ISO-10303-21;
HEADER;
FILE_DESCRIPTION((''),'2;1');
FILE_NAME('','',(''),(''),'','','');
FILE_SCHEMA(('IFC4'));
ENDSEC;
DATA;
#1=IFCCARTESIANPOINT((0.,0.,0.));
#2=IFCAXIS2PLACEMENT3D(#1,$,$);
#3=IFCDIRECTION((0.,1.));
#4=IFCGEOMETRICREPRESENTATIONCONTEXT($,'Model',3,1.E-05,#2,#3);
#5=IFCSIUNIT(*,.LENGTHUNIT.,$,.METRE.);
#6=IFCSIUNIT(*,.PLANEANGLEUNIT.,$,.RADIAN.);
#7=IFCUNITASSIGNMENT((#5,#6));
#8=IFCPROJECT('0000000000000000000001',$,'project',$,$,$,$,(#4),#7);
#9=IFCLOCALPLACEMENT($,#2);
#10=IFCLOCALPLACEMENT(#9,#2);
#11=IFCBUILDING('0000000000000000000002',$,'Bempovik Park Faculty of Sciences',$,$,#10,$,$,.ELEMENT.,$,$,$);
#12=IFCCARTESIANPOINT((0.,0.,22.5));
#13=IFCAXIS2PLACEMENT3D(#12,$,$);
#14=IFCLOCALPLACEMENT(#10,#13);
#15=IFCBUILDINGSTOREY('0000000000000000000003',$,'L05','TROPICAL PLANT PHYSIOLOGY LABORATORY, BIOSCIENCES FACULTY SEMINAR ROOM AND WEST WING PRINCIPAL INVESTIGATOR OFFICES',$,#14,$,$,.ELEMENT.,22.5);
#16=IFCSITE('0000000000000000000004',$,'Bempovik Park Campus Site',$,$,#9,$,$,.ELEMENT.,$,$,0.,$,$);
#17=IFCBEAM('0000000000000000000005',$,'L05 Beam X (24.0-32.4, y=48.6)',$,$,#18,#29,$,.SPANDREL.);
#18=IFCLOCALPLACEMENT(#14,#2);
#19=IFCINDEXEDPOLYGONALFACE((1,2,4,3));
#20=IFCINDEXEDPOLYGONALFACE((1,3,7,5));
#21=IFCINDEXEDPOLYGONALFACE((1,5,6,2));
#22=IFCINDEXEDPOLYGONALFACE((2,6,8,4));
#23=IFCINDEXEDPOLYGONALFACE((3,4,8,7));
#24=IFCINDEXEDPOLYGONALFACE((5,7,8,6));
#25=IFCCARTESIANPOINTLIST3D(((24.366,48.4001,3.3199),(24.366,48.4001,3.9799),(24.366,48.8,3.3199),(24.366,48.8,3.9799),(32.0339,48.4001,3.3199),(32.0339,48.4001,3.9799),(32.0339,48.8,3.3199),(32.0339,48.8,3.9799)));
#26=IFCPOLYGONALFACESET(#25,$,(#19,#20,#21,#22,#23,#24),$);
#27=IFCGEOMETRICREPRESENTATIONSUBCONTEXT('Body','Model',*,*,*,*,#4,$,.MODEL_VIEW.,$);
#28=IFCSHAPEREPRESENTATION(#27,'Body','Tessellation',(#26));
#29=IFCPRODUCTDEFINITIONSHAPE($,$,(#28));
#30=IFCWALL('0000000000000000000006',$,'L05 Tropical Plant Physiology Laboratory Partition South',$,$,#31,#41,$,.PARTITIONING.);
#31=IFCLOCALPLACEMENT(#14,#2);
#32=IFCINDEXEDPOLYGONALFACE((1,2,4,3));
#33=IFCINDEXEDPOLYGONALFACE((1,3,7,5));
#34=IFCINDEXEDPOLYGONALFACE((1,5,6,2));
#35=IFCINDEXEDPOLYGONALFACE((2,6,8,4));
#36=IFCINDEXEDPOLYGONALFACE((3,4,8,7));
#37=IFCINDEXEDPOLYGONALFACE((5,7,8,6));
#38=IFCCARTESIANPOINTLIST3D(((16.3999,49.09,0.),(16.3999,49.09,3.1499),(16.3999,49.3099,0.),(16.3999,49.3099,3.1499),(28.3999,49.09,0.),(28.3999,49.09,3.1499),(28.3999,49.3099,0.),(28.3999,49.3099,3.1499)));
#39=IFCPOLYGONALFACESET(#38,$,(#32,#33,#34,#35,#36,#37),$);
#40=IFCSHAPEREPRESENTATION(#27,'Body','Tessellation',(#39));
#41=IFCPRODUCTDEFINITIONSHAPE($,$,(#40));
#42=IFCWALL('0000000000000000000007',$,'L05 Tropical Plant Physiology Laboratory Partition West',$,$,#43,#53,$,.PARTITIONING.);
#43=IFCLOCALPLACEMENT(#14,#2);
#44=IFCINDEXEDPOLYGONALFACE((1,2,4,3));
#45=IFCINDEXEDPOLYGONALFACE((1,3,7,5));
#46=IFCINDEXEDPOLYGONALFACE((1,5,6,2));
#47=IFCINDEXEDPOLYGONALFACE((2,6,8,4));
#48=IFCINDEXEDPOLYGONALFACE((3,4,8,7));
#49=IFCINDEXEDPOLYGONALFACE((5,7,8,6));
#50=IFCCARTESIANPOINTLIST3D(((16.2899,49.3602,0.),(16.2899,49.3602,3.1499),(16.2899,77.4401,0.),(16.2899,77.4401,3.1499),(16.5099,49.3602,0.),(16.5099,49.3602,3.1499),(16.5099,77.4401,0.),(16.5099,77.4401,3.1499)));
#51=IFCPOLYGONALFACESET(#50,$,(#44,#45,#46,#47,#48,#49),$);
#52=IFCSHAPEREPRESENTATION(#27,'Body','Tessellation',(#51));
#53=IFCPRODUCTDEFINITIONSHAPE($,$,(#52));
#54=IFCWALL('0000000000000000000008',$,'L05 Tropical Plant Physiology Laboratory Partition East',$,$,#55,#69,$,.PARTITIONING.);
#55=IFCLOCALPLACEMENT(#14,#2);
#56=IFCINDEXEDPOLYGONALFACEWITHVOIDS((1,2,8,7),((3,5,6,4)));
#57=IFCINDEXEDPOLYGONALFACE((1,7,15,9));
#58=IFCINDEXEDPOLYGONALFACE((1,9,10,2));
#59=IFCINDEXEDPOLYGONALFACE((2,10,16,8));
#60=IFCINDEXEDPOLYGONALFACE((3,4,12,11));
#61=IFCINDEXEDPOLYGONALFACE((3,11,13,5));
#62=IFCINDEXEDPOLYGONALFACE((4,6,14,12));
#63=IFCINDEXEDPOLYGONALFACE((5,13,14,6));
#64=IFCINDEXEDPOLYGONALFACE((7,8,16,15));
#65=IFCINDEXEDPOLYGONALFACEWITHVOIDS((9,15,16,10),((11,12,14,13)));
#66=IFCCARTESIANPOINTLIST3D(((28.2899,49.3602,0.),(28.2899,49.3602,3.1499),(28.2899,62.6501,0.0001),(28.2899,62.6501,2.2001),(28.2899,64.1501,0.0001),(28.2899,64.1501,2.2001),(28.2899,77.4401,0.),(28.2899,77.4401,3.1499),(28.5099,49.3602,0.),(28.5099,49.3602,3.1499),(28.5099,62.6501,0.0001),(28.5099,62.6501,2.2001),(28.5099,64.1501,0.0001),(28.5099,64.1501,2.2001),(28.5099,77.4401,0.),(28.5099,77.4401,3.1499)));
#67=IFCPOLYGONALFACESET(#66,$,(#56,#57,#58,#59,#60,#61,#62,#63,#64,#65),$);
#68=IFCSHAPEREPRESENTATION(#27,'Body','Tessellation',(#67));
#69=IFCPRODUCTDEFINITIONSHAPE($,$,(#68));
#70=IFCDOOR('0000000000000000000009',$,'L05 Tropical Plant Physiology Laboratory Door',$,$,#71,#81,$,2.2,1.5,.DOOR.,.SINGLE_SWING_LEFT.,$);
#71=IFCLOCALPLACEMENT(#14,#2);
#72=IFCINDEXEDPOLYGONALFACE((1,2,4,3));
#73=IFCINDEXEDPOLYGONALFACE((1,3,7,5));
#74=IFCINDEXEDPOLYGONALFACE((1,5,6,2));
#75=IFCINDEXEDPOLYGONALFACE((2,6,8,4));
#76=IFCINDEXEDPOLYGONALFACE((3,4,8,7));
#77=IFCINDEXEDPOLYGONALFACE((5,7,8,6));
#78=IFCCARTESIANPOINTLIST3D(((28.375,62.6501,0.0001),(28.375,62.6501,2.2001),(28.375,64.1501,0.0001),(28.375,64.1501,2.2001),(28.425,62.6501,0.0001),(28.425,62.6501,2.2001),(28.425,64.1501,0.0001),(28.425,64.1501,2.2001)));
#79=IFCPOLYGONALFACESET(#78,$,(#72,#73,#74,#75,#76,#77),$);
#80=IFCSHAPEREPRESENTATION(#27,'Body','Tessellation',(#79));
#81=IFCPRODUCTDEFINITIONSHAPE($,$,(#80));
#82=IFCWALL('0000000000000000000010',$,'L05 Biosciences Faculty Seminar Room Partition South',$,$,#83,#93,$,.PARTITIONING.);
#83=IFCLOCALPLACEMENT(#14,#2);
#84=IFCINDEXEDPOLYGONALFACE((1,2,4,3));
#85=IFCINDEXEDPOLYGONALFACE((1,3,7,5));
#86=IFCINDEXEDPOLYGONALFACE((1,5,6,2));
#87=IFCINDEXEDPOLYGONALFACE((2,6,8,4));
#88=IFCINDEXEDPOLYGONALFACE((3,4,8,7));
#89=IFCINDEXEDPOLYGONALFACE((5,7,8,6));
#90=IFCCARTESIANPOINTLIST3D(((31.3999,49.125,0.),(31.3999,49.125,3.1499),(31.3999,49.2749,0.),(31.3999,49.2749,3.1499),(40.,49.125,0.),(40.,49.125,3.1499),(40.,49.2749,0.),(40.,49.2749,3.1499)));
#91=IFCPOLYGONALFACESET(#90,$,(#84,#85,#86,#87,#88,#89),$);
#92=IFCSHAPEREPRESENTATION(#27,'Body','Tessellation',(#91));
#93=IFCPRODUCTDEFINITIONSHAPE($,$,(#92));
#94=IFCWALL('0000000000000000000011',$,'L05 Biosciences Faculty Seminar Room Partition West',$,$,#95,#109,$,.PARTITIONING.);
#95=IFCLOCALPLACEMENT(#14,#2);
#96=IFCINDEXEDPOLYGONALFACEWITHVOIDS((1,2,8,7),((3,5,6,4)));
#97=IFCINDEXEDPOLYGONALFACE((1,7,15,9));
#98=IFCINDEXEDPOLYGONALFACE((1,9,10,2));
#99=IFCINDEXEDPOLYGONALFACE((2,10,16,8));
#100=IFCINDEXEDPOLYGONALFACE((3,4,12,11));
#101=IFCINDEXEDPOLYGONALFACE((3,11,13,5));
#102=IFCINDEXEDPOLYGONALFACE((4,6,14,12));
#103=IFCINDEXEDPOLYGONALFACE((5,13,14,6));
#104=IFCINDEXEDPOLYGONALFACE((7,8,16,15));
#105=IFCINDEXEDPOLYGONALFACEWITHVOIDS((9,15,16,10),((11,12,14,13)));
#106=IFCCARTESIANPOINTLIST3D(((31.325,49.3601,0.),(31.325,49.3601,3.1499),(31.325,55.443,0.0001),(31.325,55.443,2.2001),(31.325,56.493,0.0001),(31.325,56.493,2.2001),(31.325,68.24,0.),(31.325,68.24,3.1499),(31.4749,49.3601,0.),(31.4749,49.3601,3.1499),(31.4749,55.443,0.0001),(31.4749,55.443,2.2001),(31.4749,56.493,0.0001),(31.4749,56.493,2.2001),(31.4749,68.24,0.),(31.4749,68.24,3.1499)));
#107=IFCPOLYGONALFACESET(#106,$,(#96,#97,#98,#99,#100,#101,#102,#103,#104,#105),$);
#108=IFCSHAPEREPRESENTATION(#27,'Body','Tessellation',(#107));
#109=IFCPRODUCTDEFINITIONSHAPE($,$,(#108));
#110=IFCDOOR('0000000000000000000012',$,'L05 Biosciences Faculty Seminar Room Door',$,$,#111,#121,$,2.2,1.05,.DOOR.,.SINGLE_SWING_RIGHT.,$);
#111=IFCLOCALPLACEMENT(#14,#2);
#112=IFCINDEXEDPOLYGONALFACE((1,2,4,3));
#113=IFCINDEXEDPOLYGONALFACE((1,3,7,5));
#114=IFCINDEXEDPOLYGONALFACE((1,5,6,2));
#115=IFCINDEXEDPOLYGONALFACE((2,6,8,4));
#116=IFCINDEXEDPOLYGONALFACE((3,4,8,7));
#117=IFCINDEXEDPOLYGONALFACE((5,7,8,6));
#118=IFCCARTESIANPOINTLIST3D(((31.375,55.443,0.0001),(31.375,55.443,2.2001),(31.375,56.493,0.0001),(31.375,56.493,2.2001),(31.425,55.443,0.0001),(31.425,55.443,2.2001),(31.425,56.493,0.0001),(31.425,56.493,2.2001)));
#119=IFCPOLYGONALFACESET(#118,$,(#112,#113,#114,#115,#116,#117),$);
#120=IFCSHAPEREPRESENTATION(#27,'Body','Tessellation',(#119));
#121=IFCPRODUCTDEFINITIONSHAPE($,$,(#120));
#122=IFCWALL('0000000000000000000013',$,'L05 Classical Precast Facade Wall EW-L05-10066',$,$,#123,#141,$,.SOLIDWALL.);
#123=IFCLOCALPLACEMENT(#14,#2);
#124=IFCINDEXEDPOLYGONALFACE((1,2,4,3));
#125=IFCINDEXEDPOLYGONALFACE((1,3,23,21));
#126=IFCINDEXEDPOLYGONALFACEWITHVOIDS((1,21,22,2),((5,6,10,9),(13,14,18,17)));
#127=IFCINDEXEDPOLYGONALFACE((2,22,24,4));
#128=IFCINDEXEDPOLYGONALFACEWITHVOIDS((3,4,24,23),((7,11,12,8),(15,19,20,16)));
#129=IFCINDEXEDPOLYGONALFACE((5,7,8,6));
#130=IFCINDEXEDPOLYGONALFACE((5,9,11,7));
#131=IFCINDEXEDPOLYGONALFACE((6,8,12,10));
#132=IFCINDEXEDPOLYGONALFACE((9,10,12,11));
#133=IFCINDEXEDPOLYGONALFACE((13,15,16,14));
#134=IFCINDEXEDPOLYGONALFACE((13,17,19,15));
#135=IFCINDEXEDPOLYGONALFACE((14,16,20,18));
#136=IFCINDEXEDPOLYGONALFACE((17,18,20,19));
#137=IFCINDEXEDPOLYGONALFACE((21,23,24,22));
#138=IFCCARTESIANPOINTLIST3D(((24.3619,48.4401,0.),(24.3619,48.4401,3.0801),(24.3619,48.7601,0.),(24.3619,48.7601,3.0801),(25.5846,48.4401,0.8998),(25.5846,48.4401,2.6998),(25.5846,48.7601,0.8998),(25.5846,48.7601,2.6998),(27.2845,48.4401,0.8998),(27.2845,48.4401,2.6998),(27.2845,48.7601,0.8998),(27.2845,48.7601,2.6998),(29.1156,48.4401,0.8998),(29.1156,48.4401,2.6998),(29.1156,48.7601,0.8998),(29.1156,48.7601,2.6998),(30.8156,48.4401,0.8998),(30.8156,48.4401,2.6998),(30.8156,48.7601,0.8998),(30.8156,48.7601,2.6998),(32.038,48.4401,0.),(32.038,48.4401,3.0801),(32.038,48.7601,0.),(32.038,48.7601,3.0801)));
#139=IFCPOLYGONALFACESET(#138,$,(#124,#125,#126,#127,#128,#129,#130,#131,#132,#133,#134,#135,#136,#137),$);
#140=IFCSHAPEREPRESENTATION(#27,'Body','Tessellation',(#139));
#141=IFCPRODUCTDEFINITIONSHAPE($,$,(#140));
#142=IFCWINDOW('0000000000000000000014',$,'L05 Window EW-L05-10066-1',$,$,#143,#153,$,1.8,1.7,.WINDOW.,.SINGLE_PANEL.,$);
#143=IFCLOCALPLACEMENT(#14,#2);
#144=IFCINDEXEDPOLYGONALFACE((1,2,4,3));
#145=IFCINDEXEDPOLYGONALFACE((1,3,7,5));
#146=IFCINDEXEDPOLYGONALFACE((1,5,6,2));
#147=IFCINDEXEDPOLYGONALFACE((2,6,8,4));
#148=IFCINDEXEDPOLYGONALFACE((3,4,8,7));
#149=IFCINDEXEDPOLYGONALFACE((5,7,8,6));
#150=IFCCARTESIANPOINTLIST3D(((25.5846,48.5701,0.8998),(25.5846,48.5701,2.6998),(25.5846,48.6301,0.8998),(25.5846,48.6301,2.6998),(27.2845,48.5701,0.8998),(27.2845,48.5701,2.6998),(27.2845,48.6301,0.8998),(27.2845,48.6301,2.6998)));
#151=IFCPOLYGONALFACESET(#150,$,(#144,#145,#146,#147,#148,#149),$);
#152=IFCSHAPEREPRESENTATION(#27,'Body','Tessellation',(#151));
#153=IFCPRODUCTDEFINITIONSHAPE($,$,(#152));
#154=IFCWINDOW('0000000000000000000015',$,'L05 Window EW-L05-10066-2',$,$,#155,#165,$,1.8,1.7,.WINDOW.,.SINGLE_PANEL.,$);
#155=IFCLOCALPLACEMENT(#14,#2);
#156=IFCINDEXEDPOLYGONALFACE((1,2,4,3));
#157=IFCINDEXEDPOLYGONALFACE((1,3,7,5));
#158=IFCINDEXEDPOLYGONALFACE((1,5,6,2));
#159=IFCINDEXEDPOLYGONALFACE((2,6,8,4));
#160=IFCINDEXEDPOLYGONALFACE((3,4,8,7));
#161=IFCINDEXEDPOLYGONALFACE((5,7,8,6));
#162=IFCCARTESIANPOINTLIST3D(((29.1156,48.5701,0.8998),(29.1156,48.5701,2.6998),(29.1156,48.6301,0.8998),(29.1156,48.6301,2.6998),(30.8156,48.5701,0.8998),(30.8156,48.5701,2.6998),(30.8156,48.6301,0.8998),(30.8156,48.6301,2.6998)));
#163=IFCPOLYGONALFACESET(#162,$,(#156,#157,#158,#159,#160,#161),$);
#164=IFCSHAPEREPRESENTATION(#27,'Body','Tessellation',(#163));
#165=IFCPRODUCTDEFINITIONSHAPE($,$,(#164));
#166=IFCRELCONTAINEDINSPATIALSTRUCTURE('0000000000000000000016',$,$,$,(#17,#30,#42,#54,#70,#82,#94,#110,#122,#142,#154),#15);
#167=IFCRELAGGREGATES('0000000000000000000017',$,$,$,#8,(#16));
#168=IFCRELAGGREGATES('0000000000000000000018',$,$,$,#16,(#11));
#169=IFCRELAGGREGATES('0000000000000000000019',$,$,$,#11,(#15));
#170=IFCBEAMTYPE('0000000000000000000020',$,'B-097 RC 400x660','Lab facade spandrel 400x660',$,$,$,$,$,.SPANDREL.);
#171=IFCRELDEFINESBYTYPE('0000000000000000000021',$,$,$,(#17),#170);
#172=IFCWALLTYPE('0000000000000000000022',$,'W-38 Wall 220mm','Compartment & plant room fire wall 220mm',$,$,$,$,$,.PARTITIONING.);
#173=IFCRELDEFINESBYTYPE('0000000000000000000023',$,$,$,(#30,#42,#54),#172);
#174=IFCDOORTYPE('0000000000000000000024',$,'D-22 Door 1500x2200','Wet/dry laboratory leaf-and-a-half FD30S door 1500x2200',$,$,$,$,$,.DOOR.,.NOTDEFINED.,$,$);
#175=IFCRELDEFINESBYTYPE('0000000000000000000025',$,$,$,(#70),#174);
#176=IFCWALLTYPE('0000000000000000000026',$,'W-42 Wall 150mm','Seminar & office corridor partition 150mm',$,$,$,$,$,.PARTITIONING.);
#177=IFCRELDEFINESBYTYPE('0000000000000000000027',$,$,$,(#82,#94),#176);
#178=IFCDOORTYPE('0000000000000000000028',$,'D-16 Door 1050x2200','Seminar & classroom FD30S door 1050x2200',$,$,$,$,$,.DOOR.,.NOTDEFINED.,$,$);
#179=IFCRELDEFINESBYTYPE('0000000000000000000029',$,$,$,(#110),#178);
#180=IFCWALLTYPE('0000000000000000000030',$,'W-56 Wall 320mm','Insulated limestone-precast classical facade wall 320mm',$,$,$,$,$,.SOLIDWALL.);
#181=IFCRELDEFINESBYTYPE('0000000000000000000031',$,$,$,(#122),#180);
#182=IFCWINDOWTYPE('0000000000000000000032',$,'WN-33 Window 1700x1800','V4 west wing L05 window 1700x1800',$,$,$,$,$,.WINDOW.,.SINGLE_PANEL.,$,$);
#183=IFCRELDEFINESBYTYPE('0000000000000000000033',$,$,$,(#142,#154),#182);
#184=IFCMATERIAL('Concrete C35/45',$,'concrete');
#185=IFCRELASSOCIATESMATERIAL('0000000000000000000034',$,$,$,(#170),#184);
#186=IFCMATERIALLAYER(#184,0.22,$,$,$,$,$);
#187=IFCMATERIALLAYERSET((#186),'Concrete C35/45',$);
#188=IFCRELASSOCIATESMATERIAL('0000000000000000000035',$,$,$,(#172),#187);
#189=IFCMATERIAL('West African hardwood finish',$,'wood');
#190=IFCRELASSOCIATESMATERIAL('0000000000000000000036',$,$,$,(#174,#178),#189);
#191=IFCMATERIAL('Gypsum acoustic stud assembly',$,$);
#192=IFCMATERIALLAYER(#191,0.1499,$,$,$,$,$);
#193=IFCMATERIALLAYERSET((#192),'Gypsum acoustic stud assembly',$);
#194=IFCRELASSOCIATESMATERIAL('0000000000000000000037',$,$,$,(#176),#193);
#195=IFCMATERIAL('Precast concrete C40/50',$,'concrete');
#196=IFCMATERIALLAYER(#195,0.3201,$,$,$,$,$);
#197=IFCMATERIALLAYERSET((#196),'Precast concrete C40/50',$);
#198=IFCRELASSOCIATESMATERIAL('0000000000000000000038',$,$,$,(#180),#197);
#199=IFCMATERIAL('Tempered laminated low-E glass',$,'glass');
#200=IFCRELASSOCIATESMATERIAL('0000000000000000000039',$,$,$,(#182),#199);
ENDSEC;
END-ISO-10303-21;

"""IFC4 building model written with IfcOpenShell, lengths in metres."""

from ifc_helpers import new_model, si_unit, direction, frame, frame_2d, origin, origin_2d, place, context, subcontext, project, spatial, rectangle, extrude, material, layer, layer_set, material_profile, profile_set, type_object, element, fill, save


model = new_model("IFC4")

# Units and contexts
model_context = context("Model", 3, precision=1e-05, world=origin(), true_north=direction((0.0, 1.0)))
body_context = subcontext(model_context, "Body", "Model", "MODEL_VIEW")
ifc_project = project(units=[si_unit("LENGTHUNIT", "METRE"), si_unit("PLANEANGLEUNIT", "RADIAN")], contexts=[model_context])

# Site, building, storey
site_placement = place(None, origin())
site = spatial("IfcSite", under=ifc_project, at=site_placement, Name="Bempovik Park Campus Site", CompositionType="ELEMENT", RefElevation=0.0)
building_placement = place(site_placement, origin())
building = spatial("IfcBuilding", under=site, at=building_placement, Name="Bempovik Park Faculty of Sciences", CompositionType="ELEMENT")
storey_placement = place(building_placement, frame((0.0, 0.0, 22.5)))
storey = spatial("IfcBuildingStorey", under=building, at=storey_placement, Name="L05", Description="TROPICAL PLANT PHYSIOLOGY LABORATORY, BIOSCIENCES FACULTY SEMINAR ROOM AND WEST WING PRINCIPAL INVESTIGATOR OFFICES", CompositionType="ELEMENT", Elevation=22.5)

# Beam
ifc_material_1 = material(Name="Concrete C35/45", Category="concrete")
ifc_material_profile_1 = material_profile(ifc_material_1, rectangle(XDim=0.3999, YDim=0.6599, at=origin_2d()), Name="RC 400x660")
ifc_profile_set_1 = profile_set([ifc_material_profile_1], Name="Concrete C35/45")
beam_type_1 = type_object("IfcBeamType", Name="B-097 RC 400x660", Description="Lab facade spandrel 400x660", PredefinedType="SPANDREL", material=ifc_profile_set_1)
for number, where, z_axis, x_axis, name in (
    (1, (24.366, 48.6001, 3.6499), (1.0, 0.0, 0.0), (0.0, 1.0, 0.0), "L05 Beam X (24.0-32.4, y=48.6)"),
):
    element("IfcBeam", number, at=place(storey_placement, frame(where, z_axis=z_axis, x_axis=x_axis)), inside=storey, type_object=beam_type_1, Name=name, PredefinedType="SPANDREL", context=body_context, shape_type="SweptSolid", body=[
        extrude(rectangle(XDim=0.3999, YDim=0.6599, at=origin_2d()), origin(), (0.0, 0.0, 1.0), 7.668),
    ])

# Walls
ifc_layer_1 = layer(ifc_material_1, 0.22)
ifc_layer_set_1 = layer_set([ifc_layer_1], Name="Concrete C35/45")
wall_type_1 = type_object("IfcWallType", Name="W-38 Wall 220mm", Description="Compartment & plant room fire wall 220mm", PredefinedType="PARTITIONING", material=ifc_layer_set_1)
wall_1_placement = place(storey_placement, frame((16.3999, 49.2, 0.0), z_axis=(0.0, 0.0, 1.0), x_axis=(1.0, 0.0, 0.0)))
element("IfcWall", 2, at=wall_1_placement, inside=storey, type_object=wall_type_1, Name="L05 Tropical Plant Physiology Laboratory Partition South", PredefinedType="PARTITIONING", context=body_context, shape_type="SweptSolid", body=[
    extrude(rectangle(XDim=12.0, YDim=0.22, at=frame_2d((6.0, 0.0))), origin(), (0.0, 0.0, 1.0), 3.1499),
])
wall_2_placement = place(storey_placement, frame((16.3999, 49.3601, 0.0), z_axis=(0.0, 0.0, 1.0), x_axis=(0.0, 1.0, 0.0)))
element("IfcWall", 3, at=wall_2_placement, inside=storey, type_object=wall_type_1, Name="L05 Tropical Plant Physiology Laboratory Partition West", PredefinedType="PARTITIONING", context=body_context, shape_type="SweptSolid", body=[
    extrude(rectangle(XDim=28.0798, YDim=0.22, at=frame_2d((14.04, 0.0))), origin(), (0.0, 0.0, 1.0), 3.1499),
])

# Wall, opening, door
wall_3_placement = place(storey_placement, frame((28.3999, 49.3601, 0.0), z_axis=(0.0, 0.0, 1.0), x_axis=(0.0, 1.0, 0.0)))
wall_3 = element("IfcWall", 4, at=wall_3_placement, inside=storey, type_object=wall_type_1, Name="L05 Tropical Plant Physiology Laboratory Partition East", PredefinedType="PARTITIONING", context=body_context, shape_type="SweptSolid", body=[
    extrude(rectangle(XDim=28.0798, YDim=0.22, at=frame_2d((14.04, 0.0))), origin(), (0.0, 0.0, 1.0), 3.1499),
])
opening_1_placement = place(wall_3_placement, frame((13.29, 0.0, 0.0)))
opening_1 = element("IfcOpeningElement", 5, at=opening_1_placement, cuts=wall_3, PredefinedType="OPENING", context=body_context, shape_type="SweptSolid", body=[
    extrude(rectangle(XDim=1.5, YDim=2.2, at=frame_2d((0.75, 1.1001))), frame((0.0, 0.1201, 0.0), z_axis=(0.0, -1.0, 0.0), x_axis=(1.0, 0.0, 0.0)), (0.0, 0.0, 1.0), 0.24),
])
ifc_material_2 = material(Name="West African hardwood finish", Category="wood")
door_type_1 = type_object("IfcDoorType", Name="D-22 Door 1500x2200", Description="Wet/dry laboratory leaf-and-a-half FD30S door 1500x2200", OperationType="NOTDEFINED", PredefinedType="DOOR", material=ifc_material_2)
door_1_placement = place(opening_1_placement, origin())
door_1 = element("IfcDoor", 6, at=door_1_placement, inside=storey, type_object=door_type_1, Name="L05 Tropical Plant Physiology Laboratory Door", OperationType="SINGLE_SWING_LEFT", OverallHeight=2.2, OverallWidth=1.5, PredefinedType="DOOR", context=body_context, shape_type="SweptSolid", body=[
    extrude(rectangle(XDim=1.5, YDim=2.2, at=frame_2d((0.75, 1.1001))), frame((0.0, 0.0249, 0.0), z_axis=(0.0, -1.0, 0.0), x_axis=(1.0, 0.0, 0.0)), (0.0, 0.0, 1.0), 0.05),
])
fill(opening_1, door_1)

# Wall
ifc_material_3 = material(Name="Gypsum acoustic stud assembly")
ifc_layer_2 = layer(ifc_material_3, 0.1499)
ifc_layer_set_2 = layer_set([ifc_layer_2], Name="Gypsum acoustic stud assembly")
wall_type_2 = type_object("IfcWallType", Name="W-42 Wall 150mm", Description="Seminar & office corridor partition 150mm", PredefinedType="PARTITIONING", material=ifc_layer_set_2)
wall_4_placement = place(storey_placement, frame((31.3999, 49.2, 0.0), z_axis=(0.0, 0.0, 1.0), x_axis=(1.0, 0.0, 0.0)))
element("IfcWall", 7, at=wall_4_placement, inside=storey, type_object=wall_type_2, Name="L05 Biosciences Faculty Seminar Room Partition South", PredefinedType="PARTITIONING", context=body_context, shape_type="SweptSolid", body=[
    extrude(rectangle(XDim=8.6001, YDim=0.1499, at=frame_2d((4.3, 0.0))), origin(), (0.0, 0.0, 1.0), 3.1499),
])

# Wall, opening, door
wall_5_placement = place(storey_placement, frame((31.3999, 49.3601, 0.0), z_axis=(0.0, 0.0, 1.0), x_axis=(0.0, 1.0, 0.0)))
wall_5 = element("IfcWall", 8, at=wall_5_placement, inside=storey, type_object=wall_type_2, Name="L05 Biosciences Faculty Seminar Room Partition West", PredefinedType="PARTITIONING", context=body_context, shape_type="SweptSolid", body=[
    extrude(rectangle(XDim=18.8799, YDim=0.1499, at=frame_2d((9.4399, 0.0))), origin(), (0.0, 0.0, 1.0), 3.1499),
])
opening_2_placement = place(wall_5_placement, frame((6.083, 0.0, 0.0)))
opening_2 = element("IfcOpeningElement", 9, at=opening_2_placement, cuts=wall_5, PredefinedType="OPENING", context=body_context, shape_type="SweptSolid", body=[
    extrude(rectangle(XDim=1.05, YDim=2.2, at=frame_2d((0.5249, 1.1001))), frame((0.0, 0.085, 0.0), z_axis=(0.0, -1.0, 0.0), x_axis=(1.0, 0.0, 0.0)), (0.0, 0.0, 1.0), 0.1699),
])
door_type_2 = type_object("IfcDoorType", Name="D-16 Door 1050x2200", Description="Seminar & classroom FD30S door 1050x2200", OperationType="NOTDEFINED", PredefinedType="DOOR", material=ifc_material_2)
door_2_placement = place(opening_2_placement, origin())
door_2 = element("IfcDoor", 10, at=door_2_placement, inside=storey, type_object=door_type_2, Name="L05 Biosciences Faculty Seminar Room Door", OperationType="SINGLE_SWING_RIGHT", OverallHeight=2.2, OverallWidth=1.05, PredefinedType="DOOR", context=body_context, shape_type="SweptSolid", body=[
    extrude(rectangle(XDim=1.05, YDim=2.2, at=frame_2d((0.5249, 1.1001))), frame((0.0, 0.0249, 0.0), z_axis=(0.0, -1.0, 0.0), x_axis=(1.0, 0.0, 0.0)), (0.0, 0.0, 1.0), 0.05),
])
fill(opening_2, door_2)

# Wall, openings, windows
ifc_material_4 = material(Name="Precast concrete C40/50", Category="concrete")
ifc_layer_3 = layer(ifc_material_4, 0.3201)
ifc_layer_set_3 = layer_set([ifc_layer_3], Name="Precast concrete C40/50")
wall_type_3 = type_object("IfcWallType", Name="W-56 Wall 320mm", Description="Insulated limestone-precast classical facade wall 320mm", PredefinedType="SOLIDWALL", material=ifc_layer_set_3)
wall_6_placement = place(storey_placement, frame((24.3621, 48.6001, 0.0), z_axis=(0.0, 0.0, 1.0), x_axis=(1.0, 0.0, 0.0)))
wall_6 = element("IfcWall", 11, at=wall_6_placement, inside=storey, type_object=wall_type_3, Name="L05 Classical Precast Facade Wall EW-L05-10066", PredefinedType="SOLIDWALL", context=body_context, shape_type="SweptSolid", body=[
    extrude(rectangle(XDim=7.676, YDim=0.3201, at=frame_2d((3.8379, 0.0))), origin(), (0.0, 0.0, 1.0), 3.0801),
])
opening_3_placement = place(wall_6_placement, frame((1.2224, 0.0, 0.8999)))
opening_3 = element("IfcOpeningElement", 12, at=opening_3_placement, cuts=wall_6, PredefinedType="OPENING", context=body_context, shape_type="SweptSolid", body=[
    extrude(rectangle(XDim=1.7, YDim=1.8, at=frame_2d((0.8501, 0.8999))), frame((0.0, 0.1699, 0.0), z_axis=(0.0, -1.0, 0.0), x_axis=(1.0, 0.0, 0.0)), (0.0, 0.0, 1.0), 0.3401),
])
opening_4_placement = place(wall_6_placement, frame((4.7534, 0.0, 0.8999)))
opening_4 = element("IfcOpeningElement", 13, at=opening_4_placement, cuts=wall_6, PredefinedType="OPENING", context=body_context, shape_type="SweptSolid", body=[
    extrude(rectangle(XDim=1.7, YDim=1.8, at=frame_2d((0.8501, 0.8999))), frame((0.0, 0.1699, 0.0), z_axis=(0.0, -1.0, 0.0), x_axis=(1.0, 0.0, 0.0)), (0.0, 0.0, 1.0), 0.3401),
])
ifc_material_5 = material(Name="Tempered laminated low-E glass", Category="glass")
window_type = type_object("IfcWindowType", Name="WN-33 Window 1700x1800", Description="V4 west wing L05 window 1700x1800", PartitioningType="SINGLE_PANEL", PredefinedType="WINDOW", material=ifc_material_5)
window_1_placement = place(opening_3_placement, origin())
window_1 = element("IfcWindow", 14, at=window_1_placement, inside=storey, type_object=window_type, Name="L05 Window EW-L05-10066-1", OverallHeight=1.8, OverallWidth=1.7, PartitioningType="SINGLE_PANEL", PredefinedType="WINDOW", context=body_context, shape_type="SweptSolid", body=[
    extrude(rectangle(XDim=1.7, YDim=1.8, at=frame_2d((0.8501, 0.8999))), frame((0.0, 0.03, 0.0), z_axis=(0.0, -1.0, 0.0), x_axis=(1.0, 0.0, 0.0)), (0.0, 0.0, 1.0), 0.0601),
])
fill(opening_3, window_1)
window_2_placement = place(opening_4_placement, origin())
window_2 = element("IfcWindow", 15, at=window_2_placement, inside=storey, type_object=window_type, Name="L05 Window EW-L05-10066-2", OverallHeight=1.8, OverallWidth=1.7, PartitioningType="SINGLE_PANEL", PredefinedType="WINDOW", context=body_context, shape_type="SweptSolid", body=[
    extrude(rectangle(XDim=1.7, YDim=1.8, at=frame_2d((0.8501, 0.8999))), frame((0.0, 0.03, 0.0), z_axis=(0.0, -1.0, 0.0), x_axis=(1.0, 0.0, 0.0)), (0.0, 0.0, 1.0), 0.0601),
])
fill(opening_4, window_2)

save(model, "model.ifc")
